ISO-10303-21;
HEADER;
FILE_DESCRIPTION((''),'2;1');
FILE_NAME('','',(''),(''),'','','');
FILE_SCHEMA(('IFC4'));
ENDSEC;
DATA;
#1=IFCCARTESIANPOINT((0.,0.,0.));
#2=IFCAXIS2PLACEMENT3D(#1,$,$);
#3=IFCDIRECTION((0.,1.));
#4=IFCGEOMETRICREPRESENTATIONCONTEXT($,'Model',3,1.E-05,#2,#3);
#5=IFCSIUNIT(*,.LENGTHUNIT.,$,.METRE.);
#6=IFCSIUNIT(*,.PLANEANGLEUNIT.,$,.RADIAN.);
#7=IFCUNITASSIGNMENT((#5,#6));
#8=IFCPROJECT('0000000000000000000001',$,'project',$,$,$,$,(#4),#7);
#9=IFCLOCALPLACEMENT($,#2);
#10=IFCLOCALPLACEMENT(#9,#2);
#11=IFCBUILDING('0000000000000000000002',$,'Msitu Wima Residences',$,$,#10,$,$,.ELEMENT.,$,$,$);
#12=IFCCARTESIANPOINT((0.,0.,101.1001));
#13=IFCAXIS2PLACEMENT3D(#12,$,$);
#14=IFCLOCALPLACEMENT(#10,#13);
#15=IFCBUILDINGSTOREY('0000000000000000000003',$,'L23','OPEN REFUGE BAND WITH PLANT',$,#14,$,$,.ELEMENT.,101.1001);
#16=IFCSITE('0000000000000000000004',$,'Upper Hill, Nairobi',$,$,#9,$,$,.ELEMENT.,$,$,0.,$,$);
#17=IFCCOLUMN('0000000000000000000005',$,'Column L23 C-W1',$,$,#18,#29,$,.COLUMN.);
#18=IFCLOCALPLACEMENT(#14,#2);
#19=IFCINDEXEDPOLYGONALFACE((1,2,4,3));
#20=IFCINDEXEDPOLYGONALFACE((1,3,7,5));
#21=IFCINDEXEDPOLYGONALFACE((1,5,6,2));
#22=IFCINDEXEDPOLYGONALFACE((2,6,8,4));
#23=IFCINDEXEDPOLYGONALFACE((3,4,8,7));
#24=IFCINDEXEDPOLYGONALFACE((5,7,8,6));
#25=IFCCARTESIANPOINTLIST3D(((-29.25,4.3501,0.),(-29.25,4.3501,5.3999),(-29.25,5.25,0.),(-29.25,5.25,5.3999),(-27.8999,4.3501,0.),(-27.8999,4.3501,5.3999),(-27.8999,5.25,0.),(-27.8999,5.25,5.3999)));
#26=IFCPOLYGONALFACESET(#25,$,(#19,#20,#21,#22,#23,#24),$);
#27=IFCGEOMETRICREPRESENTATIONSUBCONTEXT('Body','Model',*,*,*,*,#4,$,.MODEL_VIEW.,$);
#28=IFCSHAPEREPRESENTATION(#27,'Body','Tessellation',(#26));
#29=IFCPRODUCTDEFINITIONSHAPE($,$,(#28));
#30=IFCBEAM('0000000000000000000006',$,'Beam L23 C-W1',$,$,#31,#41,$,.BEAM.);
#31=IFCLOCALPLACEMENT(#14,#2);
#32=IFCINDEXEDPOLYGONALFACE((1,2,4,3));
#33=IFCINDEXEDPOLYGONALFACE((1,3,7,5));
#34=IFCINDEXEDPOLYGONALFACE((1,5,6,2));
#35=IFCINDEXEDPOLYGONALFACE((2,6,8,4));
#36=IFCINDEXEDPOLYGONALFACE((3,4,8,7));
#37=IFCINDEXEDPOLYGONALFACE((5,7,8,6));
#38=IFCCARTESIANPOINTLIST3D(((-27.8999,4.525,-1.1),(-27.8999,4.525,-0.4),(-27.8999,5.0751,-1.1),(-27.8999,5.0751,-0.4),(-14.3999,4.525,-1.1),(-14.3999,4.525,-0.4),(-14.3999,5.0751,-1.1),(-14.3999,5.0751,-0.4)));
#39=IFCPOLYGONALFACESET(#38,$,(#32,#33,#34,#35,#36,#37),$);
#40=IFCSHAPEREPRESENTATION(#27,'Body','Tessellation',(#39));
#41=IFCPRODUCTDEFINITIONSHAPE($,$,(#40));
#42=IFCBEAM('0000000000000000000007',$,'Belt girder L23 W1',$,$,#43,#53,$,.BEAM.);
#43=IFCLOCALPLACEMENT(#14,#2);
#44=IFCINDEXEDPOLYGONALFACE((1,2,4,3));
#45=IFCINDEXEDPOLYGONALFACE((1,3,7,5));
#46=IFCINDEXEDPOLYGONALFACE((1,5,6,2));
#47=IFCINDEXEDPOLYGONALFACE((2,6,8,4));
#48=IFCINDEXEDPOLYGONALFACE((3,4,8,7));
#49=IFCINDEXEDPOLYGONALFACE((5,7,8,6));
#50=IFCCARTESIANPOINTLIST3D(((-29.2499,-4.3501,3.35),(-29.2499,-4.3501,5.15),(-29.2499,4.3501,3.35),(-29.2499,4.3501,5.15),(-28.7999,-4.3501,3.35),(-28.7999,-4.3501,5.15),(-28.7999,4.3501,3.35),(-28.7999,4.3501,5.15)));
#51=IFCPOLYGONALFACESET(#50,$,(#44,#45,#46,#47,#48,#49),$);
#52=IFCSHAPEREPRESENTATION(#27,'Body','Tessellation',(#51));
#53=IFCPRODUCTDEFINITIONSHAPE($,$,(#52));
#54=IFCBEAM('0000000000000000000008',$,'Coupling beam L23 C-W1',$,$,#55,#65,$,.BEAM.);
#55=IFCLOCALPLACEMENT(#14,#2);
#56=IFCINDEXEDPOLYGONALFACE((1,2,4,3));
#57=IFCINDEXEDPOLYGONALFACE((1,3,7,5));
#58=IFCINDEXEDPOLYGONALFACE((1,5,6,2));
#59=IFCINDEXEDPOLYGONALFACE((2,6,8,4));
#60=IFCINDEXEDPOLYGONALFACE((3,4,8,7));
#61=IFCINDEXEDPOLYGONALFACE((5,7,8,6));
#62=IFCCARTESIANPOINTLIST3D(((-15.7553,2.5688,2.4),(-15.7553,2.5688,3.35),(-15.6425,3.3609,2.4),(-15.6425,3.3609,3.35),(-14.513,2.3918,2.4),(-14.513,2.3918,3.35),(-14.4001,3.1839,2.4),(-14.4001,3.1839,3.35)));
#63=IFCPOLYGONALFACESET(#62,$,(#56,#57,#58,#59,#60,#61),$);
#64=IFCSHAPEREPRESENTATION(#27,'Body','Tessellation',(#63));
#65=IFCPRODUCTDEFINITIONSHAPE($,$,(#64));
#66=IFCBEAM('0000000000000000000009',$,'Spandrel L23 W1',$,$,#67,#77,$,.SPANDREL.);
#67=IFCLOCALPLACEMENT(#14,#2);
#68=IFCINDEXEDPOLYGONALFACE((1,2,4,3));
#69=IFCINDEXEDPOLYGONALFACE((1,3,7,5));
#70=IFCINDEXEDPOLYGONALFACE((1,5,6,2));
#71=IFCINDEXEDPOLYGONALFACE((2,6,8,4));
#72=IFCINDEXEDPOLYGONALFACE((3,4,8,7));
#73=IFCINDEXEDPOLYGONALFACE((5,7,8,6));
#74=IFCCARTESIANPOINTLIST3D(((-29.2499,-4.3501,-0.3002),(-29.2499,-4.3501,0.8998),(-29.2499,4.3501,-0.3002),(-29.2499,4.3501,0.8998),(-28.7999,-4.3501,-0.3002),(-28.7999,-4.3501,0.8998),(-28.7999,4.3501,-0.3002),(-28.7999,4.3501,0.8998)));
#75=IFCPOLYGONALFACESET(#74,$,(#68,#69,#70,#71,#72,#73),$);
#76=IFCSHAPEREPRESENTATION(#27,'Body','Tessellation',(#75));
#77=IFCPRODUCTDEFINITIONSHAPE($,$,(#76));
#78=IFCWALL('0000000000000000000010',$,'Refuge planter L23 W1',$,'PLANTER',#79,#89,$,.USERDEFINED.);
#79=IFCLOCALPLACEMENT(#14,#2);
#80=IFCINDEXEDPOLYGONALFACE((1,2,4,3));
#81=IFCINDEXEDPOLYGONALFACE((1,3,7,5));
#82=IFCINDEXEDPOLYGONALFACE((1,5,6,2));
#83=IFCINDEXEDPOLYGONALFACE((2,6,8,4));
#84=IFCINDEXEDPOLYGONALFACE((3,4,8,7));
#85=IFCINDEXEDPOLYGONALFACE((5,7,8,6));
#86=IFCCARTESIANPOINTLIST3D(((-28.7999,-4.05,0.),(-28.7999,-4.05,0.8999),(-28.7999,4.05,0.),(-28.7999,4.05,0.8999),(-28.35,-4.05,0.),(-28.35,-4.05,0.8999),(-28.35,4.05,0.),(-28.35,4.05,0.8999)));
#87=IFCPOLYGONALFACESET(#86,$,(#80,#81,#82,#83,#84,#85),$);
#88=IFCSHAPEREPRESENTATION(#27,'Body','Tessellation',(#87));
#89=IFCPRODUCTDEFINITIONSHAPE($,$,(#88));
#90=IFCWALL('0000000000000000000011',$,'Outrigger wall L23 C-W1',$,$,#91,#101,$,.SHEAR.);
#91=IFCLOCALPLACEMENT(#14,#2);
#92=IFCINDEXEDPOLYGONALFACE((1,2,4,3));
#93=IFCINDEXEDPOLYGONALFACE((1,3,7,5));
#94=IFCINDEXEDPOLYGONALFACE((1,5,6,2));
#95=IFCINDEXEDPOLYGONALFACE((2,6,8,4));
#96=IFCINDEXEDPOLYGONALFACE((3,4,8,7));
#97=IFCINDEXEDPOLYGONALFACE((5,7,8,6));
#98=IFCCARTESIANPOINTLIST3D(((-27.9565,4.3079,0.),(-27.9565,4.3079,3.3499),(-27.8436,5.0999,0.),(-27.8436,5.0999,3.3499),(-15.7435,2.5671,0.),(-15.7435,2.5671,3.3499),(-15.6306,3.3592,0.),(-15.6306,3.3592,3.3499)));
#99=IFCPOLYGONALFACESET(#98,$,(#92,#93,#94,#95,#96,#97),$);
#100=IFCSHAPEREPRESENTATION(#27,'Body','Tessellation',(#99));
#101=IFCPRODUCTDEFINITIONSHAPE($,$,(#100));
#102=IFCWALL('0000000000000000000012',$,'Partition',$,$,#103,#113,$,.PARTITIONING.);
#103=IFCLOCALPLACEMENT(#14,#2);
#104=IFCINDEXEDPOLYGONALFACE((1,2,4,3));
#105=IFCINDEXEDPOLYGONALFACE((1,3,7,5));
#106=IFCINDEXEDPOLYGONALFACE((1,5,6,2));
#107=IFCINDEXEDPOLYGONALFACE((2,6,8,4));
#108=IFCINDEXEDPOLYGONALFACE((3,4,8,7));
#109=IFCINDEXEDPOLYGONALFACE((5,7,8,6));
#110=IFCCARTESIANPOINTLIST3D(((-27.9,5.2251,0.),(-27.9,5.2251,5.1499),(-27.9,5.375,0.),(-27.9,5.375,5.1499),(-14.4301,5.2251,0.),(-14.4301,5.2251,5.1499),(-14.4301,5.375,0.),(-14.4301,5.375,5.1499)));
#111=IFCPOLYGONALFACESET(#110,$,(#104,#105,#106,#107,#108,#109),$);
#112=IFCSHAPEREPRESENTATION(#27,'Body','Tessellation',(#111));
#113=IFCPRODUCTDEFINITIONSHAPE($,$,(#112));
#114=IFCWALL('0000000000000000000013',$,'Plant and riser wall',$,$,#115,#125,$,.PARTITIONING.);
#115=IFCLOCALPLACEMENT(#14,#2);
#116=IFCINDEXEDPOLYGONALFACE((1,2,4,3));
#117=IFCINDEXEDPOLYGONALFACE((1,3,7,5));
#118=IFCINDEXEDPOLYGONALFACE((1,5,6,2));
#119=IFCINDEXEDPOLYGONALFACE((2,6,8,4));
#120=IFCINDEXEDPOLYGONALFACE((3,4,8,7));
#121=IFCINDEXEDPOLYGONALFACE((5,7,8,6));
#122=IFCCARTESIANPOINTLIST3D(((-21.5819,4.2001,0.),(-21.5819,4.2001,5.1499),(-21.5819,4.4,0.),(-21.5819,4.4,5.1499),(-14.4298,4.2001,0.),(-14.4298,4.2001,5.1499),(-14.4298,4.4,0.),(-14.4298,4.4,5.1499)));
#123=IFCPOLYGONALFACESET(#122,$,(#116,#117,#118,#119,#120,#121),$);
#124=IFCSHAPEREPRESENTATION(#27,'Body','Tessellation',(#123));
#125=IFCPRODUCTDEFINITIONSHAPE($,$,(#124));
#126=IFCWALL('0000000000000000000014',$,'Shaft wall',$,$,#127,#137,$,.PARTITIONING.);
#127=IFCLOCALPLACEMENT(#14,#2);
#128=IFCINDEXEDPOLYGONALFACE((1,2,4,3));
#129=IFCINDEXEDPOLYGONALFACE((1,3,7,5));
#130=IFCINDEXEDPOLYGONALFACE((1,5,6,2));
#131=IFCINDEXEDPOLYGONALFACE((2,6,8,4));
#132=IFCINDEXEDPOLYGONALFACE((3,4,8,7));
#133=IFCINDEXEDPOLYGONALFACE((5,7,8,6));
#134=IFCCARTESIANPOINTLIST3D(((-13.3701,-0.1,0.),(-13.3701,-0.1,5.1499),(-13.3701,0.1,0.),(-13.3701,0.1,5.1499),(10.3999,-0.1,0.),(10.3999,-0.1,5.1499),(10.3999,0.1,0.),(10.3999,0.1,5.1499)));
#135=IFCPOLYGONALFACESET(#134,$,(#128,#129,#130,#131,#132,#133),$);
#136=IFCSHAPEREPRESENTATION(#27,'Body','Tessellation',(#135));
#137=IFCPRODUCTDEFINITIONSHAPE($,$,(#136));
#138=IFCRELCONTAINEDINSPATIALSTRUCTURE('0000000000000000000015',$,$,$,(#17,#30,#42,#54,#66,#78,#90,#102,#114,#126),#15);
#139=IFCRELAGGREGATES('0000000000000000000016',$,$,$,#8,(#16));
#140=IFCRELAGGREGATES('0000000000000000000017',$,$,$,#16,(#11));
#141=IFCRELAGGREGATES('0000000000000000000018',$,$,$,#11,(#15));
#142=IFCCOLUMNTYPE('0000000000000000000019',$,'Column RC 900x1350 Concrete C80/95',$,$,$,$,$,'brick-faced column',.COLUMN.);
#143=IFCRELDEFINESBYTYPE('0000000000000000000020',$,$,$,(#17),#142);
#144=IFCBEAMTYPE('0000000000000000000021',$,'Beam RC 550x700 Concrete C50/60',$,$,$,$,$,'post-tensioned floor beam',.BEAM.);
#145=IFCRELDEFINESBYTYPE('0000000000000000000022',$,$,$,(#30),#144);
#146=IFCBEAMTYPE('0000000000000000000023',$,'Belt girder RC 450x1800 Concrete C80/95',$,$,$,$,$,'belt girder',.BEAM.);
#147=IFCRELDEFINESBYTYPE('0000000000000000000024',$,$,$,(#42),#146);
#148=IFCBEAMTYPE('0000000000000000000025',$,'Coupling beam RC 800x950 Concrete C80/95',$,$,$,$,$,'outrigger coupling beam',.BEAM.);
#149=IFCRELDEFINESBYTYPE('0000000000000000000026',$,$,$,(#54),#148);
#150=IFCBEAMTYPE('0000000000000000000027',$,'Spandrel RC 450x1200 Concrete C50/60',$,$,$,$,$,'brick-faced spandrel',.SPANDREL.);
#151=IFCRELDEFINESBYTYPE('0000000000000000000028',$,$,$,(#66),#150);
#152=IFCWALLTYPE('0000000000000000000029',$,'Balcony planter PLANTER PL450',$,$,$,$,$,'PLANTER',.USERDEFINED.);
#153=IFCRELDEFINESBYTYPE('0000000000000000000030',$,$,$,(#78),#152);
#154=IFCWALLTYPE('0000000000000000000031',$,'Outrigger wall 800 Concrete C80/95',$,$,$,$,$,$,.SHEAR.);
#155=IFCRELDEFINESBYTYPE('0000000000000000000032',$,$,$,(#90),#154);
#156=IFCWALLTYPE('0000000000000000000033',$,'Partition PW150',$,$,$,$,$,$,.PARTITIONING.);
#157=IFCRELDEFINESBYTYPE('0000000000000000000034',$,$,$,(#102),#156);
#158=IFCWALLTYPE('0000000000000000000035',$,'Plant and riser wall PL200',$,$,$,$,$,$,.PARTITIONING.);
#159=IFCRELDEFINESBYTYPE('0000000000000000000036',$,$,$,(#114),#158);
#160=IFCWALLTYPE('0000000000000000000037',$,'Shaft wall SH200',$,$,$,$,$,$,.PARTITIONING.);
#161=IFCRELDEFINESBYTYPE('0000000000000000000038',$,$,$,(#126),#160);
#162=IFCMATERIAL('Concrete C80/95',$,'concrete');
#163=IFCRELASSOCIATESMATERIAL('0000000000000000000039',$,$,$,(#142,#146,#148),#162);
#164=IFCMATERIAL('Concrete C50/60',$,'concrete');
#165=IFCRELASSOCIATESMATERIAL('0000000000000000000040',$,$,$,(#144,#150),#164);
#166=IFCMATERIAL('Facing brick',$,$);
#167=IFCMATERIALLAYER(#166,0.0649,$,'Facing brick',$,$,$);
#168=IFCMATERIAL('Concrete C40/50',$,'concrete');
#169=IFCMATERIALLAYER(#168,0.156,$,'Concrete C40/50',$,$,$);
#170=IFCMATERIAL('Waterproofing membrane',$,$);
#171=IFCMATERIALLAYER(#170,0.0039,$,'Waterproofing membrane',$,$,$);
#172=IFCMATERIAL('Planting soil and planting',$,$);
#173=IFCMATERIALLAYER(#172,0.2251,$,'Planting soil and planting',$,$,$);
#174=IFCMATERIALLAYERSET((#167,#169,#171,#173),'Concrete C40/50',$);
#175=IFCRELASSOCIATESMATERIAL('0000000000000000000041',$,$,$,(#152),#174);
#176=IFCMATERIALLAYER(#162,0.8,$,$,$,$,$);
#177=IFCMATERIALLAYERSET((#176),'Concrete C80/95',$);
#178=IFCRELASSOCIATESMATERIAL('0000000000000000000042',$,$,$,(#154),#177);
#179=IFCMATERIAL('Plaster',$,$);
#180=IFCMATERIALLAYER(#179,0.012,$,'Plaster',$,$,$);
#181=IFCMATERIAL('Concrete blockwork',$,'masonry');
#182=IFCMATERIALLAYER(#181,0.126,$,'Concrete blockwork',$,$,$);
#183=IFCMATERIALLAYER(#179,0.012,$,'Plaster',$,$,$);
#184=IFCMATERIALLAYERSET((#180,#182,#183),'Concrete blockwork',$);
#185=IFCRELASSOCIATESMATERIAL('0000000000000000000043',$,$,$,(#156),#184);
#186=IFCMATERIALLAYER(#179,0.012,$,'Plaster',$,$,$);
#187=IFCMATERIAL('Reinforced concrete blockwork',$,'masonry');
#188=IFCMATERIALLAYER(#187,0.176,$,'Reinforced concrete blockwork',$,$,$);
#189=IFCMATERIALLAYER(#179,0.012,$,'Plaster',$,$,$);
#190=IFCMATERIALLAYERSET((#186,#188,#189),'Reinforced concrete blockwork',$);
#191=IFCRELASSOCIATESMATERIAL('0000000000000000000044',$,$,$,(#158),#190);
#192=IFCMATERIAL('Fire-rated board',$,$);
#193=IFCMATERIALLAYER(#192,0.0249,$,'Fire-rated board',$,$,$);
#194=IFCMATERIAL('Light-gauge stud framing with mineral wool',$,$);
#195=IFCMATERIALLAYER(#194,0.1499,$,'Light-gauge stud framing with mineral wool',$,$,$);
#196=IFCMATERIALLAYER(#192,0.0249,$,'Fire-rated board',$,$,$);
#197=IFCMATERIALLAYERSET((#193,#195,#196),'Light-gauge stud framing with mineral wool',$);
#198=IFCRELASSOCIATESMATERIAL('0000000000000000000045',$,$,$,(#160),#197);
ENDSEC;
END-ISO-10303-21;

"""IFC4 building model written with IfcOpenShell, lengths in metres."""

from ifc_helpers import new_model, si_unit, direction, frame, frame_2d, origin, origin_2d, place, context, subcontext, project, spatial, rectangle, extrude, material, layer, layer_set, material_profile, profile_set, type_object, element, save


model = new_model("IFC4")

# Units and contexts
model_context = context("Model", 3, precision=1e-05, world=origin(), true_north=direction((0.0, 1.0)))
body_context = subcontext(model_context, "Body", "Model", "MODEL_VIEW")
ifc_project = project(units=[si_unit("LENGTHUNIT", "METRE"), si_unit("PLANEANGLEUNIT", "RADIAN")], contexts=[model_context])

# Site, building, storey
site_placement = place(None, origin())
site = spatial("IfcSite", under=ifc_project, at=site_placement, Name="Upper Hill, Nairobi", CompositionType="ELEMENT", RefElevation=0.0)
building_placement = place(site_placement, origin())
building = spatial("IfcBuilding", under=site, at=building_placement, Name="Msitu Wima Residences", CompositionType="ELEMENT")
storey_placement = place(building_placement, frame((0.0, 0.0, 101.1001)))
storey = spatial("IfcBuildingStorey", under=building, at=storey_placement, Name="L23", Description="OPEN REFUGE BAND WITH PLANT", CompositionType="ELEMENT", Elevation=101.1001)

# Column
ifc_material_1 = material(Name="Concrete C80/95", Category="concrete")
ifc_material_profile_1 = material_profile(ifc_material_1, rectangle(XDim=0.8999, YDim=1.3501, at=origin_2d()), Name="RC 900x1350")
ifc_profile_set_1 = profile_set([ifc_material_profile_1], Name="Concrete C80/95")
column_type = type_object("IfcColumnType", Name="Column RC 900x1350 Concrete C80/95", ElementType="brick-faced column", PredefinedType="COLUMN", material=ifc_profile_set_1)
column_placement = place(storey_placement, frame((-28.575, 4.8, 0.0), z_axis=(0.0, 0.0, 1.0), x_axis=(0.0, -1.0, 0.0)))
element("IfcColumn", 1, at=column_placement, inside=storey, type_object=column_type, Name="Column L23 C-W1", PredefinedType="COLUMN", context=body_context, shape_type="SweptSolid", body=[
    extrude(rectangle(XDim=0.8999, YDim=1.3501, at=origin_2d()), origin(), (0.0, 0.0, 1.0), 5.3999),
])

# Beams
ifc_material_2 = material(Name="Concrete C50/60", Category="concrete")
ifc_material_profile_2 = material_profile(ifc_material_2, rectangle(XDim=0.55, YDim=0.7, at=origin_2d()), Name="RC 550x700")
ifc_profile_set_2 = profile_set([ifc_material_profile_2], Name="Concrete C50/60")
beam_type_1 = type_object("IfcBeamType", Name="Beam RC 550x700 Concrete C50/60", ElementType="post-tensioned floor beam", PredefinedType="BEAM", material=ifc_profile_set_2)
beam_1_placement = place(storey_placement, frame((-27.8999, 4.8, -0.75), z_axis=(1.0, 0.0, 0.0), x_axis=(0.0, 1.0, 0.0)))
element("IfcBeam", 2, at=beam_1_placement, inside=storey, type_object=beam_type_1, Name="Beam L23 C-W1", PredefinedType="BEAM", context=body_context, shape_type="SweptSolid", body=[
    extrude(rectangle(XDim=0.55, YDim=0.7, at=origin_2d()), origin(), (0.0, 0.0, 1.0), 13.5),
])
ifc_material_profile_3 = material_profile(ifc_material_1, rectangle(XDim=0.45, YDim=1.8, at=origin_2d()), Name="RC 450x1800")
ifc_profile_set_3 = profile_set([ifc_material_profile_3], Name="Concrete C80/95")
beam_type_2 = type_object("IfcBeamType", Name="Belt girder RC 450x1800 Concrete C80/95", ElementType="belt girder", PredefinedType="BEAM", material=ifc_profile_set_3)
beam_2_placement = place(storey_placement, frame((-29.0249, 4.3501, 4.25), z_axis=(0.0, -1.0, 0.0), x_axis=(1.0, 0.0, 0.0)))
element("IfcBeam", 3, at=beam_2_placement, inside=storey, type_object=beam_type_2, Name="Belt girder L23 W1", PredefinedType="BEAM", context=body_context, shape_type="SweptSolid", body=[
    extrude(rectangle(XDim=0.45, YDim=1.8, at=origin_2d()), origin(), (0.0, 0.0, 1.0), 8.7002),
])
ifc_material_profile_4 = material_profile(ifc_material_1, rectangle(XDim=0.8, YDim=0.95, at=origin_2d()), Name="RC 800x950")
ifc_profile_set_4 = profile_set([ifc_material_profile_4], Name="Concrete C80/95")
beam_type_3 = type_object("IfcBeamType", Name="Coupling beam RC 800x950 Concrete C80/95", ElementType="outrigger coupling beam", PredefinedType="BEAM", material=ifc_profile_set_4)
beam_3_placement = place(storey_placement, frame((-14.4565, 2.7878, 2.875), z_axis=(-0.990004, 0.14104, 0.0), x_axis=(-0.14104, -0.990004, 0.0)))
element("IfcBeam", 4, at=beam_3_placement, inside=storey, type_object=beam_type_3, Name="Coupling beam L23 C-W1", PredefinedType="BEAM", context=body_context, shape_type="SweptSolid", body=[
    extrude(rectangle(XDim=0.8, YDim=0.95, at=origin_2d()), origin(), (0.0, 0.0, 1.0), 1.2549),
])
ifc_material_profile_5 = material_profile(ifc_material_2, rectangle(XDim=0.45, YDim=1.2, at=origin_2d()), Name="RC 450x1200")
ifc_profile_set_5 = profile_set([ifc_material_profile_5], Name="Concrete C50/60")
beam_type_4 = type_object("IfcBeamType", Name="Spandrel RC 450x1200 Concrete C50/60", ElementType="brick-faced spandrel", PredefinedType="SPANDREL", material=ifc_profile_set_5)
beam_4_placement = place(storey_placement, frame((-29.0249, 4.3501, 0.2998), z_axis=(0.0, -1.0, 0.0), x_axis=(1.0, 0.0, 0.0)))
element("IfcBeam", 5, at=beam_4_placement, inside=storey, type_object=beam_type_4, Name="Spandrel L23 W1", PredefinedType="SPANDREL", context=body_context, shape_type="SweptSolid", body=[
    extrude(rectangle(XDim=0.45, YDim=1.2, at=origin_2d()), origin(), (0.0, 0.0, 1.0), 8.7002),
])

# Walls
ifc_material_3 = material(Name="Facing brick")
ifc_layer_1 = layer(ifc_material_3, 0.0649, Name="Facing brick")
ifc_material_4 = material(Name="Concrete C40/50", Category="concrete")
ifc_layer_2 = layer(ifc_material_4, 0.156, Name="Concrete C40/50")
ifc_material_5 = material(Name="Waterproofing membrane")
ifc_layer_3 = layer(ifc_material_5, 0.0039, Name="Waterproofing membrane")
ifc_material_6 = material(Name="Planting soil and planting")
ifc_layer_4 = layer(ifc_material_6, 0.2251, Name="Planting soil and planting")
ifc_layer_set_1 = layer_set([ifc_layer_1, ifc_layer_2, ifc_layer_3, ifc_layer_4], Name="Concrete C40/50")
wall_type_1 = type_object("IfcWallType", Name="Balcony planter PLANTER PL450", ElementType="PLANTER", PredefinedType="USERDEFINED", material=ifc_layer_set_1)
wall_1_placement = place(storey_placement, frame((-28.575, 4.05, 0.0), z_axis=(0.0, 0.0, 1.0), x_axis=(0.0, -1.0, 0.0)))
element("IfcWall", 6, at=wall_1_placement, inside=storey, type_object=wall_type_1, Name="Refuge planter L23 W1", ObjectType="PLANTER", PredefinedType="USERDEFINED", context=body_context, shape_type="SweptSolid", body=[
    extrude(rectangle(XDim=8.1001, YDim=0.45, at=frame_2d((4.05, 0.0))), origin(), (0.0, 0.0, 1.0), 0.8999),
])
ifc_layer_5 = layer(ifc_material_1, 0.8)
ifc_layer_set_2 = layer_set([ifc_layer_5], Name="Concrete C80/95")
wall_type_2 = type_object("IfcWallType", Name="Outrigger wall 800 Concrete C80/95", PredefinedType="SHEAR", material=ifc_layer_set_2)
wall_2_placement = place(storey_placement, frame((-15.687, 2.9631, 0.0), z_axis=(0.0, 0.0, 1.0), x_axis=(-0.989995, 0.141105, 0.0)))
element("IfcWall", 7, at=wall_2_placement, inside=storey, type_object=wall_type_2, Name="Outrigger wall L23 C-W1", PredefinedType="SHEAR", context=body_context, shape_type="SweptSolid", body=[
    extrude(rectangle(XDim=12.3364, YDim=0.8, at=frame_2d((6.1682, 0.0))), origin(), (0.0, 0.0, 1.0), 3.3499),
])
ifc_material_7 = material(Name="Plaster")
ifc_layer_6 = layer(ifc_material_7, 0.012, Name="Plaster")
ifc_material_8 = material(Name="Concrete blockwork", Category="masonry")
ifc_layer_7 = layer(ifc_material_8, 0.126, Name="Concrete blockwork")
ifc_layer_8 = layer(ifc_material_7, 0.012, Name="Plaster")
ifc_layer_set_3 = layer_set([ifc_layer_6, ifc_layer_7, ifc_layer_8], Name="Concrete blockwork")
wall_type_3 = type_object("IfcWallType", Name="Partition PW150", PredefinedType="PARTITIONING", material=ifc_layer_set_3)
wall_3_placement = place(storey_placement, frame((-27.8999, 5.3, 0.0), z_axis=(0.0, 0.0, 1.0), x_axis=(1.0, 0.0, 0.0)))
element("IfcWall", 8, at=wall_3_placement, inside=storey, type_object=wall_type_3, Name="Partition", PredefinedType="PARTITIONING", context=body_context, shape_type="SweptSolid", body=[
    extrude(rectangle(XDim=13.47, YDim=0.1499, at=frame_2d((6.7349, 0.0))), origin(), (0.0, 0.0, 1.0), 5.1499),
])
ifc_layer_9 = layer(ifc_material_7, 0.012, Name="Plaster")
ifc_material_9 = material(Name="Reinforced concrete blockwork", Category="masonry")
ifc_layer_10 = layer(ifc_material_9, 0.176, Name="Reinforced concrete blockwork")
ifc_layer_11 = layer(ifc_material_7, 0.012, Name="Plaster")
ifc_layer_set_4 = layer_set([ifc_layer_9, ifc_layer_10, ifc_layer_11], Name="Reinforced concrete blockwork")
wall_type_4 = type_object("IfcWallType", Name="Plant and riser wall PL200", PredefinedType="PARTITIONING", material=ifc_layer_set_4)
wall_4_placement = place(storey_placement, frame((-21.582, 4.3, 0.0), z_axis=(0.0, 0.0, 1.0), x_axis=(1.0, 0.0, 0.0)))
element("IfcWall", 9, at=wall_4_placement, inside=storey, type_object=wall_type_4, Name="Plant and riser wall", PredefinedType="PARTITIONING", context=body_context, shape_type="SweptSolid", body=[
    extrude(rectangle(XDim=7.1521, YDim=0.2, at=frame_2d((3.5762, 0.0))), origin(), (0.0, 0.0, 1.0), 5.1499),
])
ifc_material_10 = material(Name="Fire-rated board")
ifc_layer_12 = layer(ifc_material_10, 0.0249, Name="Fire-rated board")
ifc_material_11 = material(Name="Light-gauge stud framing with mineral wool")
ifc_layer_13 = layer(ifc_material_11, 0.1499, Name="Light-gauge stud framing with mineral wool")
ifc_layer_14 = layer(ifc_material_10, 0.0249, Name="Fire-rated board")
ifc_layer_set_5 = layer_set([ifc_layer_12, ifc_layer_13, ifc_layer_14], Name="Light-gauge stud framing with mineral wool")
wall_type_5 = type_object("IfcWallType", Name="Shaft wall SH200", PredefinedType="PARTITIONING", material=ifc_layer_set_5)
wall_5_placement = place(storey_placement, frame((-13.3701, 0.0, 0.0), z_axis=(0.0, 0.0, 1.0), x_axis=(1.0, 0.0, 0.0)))
element("IfcWall", 10, at=wall_5_placement, inside=storey, type_object=wall_type_5, Name="Shaft wall", PredefinedType="PARTITIONING", context=body_context, shape_type="SweptSolid", body=[
    extrude(rectangle(XDim=23.77, YDim=0.2, at=frame_2d((11.885, 0.0))), origin(), (0.0, 0.0, 1.0), 5.1499),
])

save(model, "model.ifc")
